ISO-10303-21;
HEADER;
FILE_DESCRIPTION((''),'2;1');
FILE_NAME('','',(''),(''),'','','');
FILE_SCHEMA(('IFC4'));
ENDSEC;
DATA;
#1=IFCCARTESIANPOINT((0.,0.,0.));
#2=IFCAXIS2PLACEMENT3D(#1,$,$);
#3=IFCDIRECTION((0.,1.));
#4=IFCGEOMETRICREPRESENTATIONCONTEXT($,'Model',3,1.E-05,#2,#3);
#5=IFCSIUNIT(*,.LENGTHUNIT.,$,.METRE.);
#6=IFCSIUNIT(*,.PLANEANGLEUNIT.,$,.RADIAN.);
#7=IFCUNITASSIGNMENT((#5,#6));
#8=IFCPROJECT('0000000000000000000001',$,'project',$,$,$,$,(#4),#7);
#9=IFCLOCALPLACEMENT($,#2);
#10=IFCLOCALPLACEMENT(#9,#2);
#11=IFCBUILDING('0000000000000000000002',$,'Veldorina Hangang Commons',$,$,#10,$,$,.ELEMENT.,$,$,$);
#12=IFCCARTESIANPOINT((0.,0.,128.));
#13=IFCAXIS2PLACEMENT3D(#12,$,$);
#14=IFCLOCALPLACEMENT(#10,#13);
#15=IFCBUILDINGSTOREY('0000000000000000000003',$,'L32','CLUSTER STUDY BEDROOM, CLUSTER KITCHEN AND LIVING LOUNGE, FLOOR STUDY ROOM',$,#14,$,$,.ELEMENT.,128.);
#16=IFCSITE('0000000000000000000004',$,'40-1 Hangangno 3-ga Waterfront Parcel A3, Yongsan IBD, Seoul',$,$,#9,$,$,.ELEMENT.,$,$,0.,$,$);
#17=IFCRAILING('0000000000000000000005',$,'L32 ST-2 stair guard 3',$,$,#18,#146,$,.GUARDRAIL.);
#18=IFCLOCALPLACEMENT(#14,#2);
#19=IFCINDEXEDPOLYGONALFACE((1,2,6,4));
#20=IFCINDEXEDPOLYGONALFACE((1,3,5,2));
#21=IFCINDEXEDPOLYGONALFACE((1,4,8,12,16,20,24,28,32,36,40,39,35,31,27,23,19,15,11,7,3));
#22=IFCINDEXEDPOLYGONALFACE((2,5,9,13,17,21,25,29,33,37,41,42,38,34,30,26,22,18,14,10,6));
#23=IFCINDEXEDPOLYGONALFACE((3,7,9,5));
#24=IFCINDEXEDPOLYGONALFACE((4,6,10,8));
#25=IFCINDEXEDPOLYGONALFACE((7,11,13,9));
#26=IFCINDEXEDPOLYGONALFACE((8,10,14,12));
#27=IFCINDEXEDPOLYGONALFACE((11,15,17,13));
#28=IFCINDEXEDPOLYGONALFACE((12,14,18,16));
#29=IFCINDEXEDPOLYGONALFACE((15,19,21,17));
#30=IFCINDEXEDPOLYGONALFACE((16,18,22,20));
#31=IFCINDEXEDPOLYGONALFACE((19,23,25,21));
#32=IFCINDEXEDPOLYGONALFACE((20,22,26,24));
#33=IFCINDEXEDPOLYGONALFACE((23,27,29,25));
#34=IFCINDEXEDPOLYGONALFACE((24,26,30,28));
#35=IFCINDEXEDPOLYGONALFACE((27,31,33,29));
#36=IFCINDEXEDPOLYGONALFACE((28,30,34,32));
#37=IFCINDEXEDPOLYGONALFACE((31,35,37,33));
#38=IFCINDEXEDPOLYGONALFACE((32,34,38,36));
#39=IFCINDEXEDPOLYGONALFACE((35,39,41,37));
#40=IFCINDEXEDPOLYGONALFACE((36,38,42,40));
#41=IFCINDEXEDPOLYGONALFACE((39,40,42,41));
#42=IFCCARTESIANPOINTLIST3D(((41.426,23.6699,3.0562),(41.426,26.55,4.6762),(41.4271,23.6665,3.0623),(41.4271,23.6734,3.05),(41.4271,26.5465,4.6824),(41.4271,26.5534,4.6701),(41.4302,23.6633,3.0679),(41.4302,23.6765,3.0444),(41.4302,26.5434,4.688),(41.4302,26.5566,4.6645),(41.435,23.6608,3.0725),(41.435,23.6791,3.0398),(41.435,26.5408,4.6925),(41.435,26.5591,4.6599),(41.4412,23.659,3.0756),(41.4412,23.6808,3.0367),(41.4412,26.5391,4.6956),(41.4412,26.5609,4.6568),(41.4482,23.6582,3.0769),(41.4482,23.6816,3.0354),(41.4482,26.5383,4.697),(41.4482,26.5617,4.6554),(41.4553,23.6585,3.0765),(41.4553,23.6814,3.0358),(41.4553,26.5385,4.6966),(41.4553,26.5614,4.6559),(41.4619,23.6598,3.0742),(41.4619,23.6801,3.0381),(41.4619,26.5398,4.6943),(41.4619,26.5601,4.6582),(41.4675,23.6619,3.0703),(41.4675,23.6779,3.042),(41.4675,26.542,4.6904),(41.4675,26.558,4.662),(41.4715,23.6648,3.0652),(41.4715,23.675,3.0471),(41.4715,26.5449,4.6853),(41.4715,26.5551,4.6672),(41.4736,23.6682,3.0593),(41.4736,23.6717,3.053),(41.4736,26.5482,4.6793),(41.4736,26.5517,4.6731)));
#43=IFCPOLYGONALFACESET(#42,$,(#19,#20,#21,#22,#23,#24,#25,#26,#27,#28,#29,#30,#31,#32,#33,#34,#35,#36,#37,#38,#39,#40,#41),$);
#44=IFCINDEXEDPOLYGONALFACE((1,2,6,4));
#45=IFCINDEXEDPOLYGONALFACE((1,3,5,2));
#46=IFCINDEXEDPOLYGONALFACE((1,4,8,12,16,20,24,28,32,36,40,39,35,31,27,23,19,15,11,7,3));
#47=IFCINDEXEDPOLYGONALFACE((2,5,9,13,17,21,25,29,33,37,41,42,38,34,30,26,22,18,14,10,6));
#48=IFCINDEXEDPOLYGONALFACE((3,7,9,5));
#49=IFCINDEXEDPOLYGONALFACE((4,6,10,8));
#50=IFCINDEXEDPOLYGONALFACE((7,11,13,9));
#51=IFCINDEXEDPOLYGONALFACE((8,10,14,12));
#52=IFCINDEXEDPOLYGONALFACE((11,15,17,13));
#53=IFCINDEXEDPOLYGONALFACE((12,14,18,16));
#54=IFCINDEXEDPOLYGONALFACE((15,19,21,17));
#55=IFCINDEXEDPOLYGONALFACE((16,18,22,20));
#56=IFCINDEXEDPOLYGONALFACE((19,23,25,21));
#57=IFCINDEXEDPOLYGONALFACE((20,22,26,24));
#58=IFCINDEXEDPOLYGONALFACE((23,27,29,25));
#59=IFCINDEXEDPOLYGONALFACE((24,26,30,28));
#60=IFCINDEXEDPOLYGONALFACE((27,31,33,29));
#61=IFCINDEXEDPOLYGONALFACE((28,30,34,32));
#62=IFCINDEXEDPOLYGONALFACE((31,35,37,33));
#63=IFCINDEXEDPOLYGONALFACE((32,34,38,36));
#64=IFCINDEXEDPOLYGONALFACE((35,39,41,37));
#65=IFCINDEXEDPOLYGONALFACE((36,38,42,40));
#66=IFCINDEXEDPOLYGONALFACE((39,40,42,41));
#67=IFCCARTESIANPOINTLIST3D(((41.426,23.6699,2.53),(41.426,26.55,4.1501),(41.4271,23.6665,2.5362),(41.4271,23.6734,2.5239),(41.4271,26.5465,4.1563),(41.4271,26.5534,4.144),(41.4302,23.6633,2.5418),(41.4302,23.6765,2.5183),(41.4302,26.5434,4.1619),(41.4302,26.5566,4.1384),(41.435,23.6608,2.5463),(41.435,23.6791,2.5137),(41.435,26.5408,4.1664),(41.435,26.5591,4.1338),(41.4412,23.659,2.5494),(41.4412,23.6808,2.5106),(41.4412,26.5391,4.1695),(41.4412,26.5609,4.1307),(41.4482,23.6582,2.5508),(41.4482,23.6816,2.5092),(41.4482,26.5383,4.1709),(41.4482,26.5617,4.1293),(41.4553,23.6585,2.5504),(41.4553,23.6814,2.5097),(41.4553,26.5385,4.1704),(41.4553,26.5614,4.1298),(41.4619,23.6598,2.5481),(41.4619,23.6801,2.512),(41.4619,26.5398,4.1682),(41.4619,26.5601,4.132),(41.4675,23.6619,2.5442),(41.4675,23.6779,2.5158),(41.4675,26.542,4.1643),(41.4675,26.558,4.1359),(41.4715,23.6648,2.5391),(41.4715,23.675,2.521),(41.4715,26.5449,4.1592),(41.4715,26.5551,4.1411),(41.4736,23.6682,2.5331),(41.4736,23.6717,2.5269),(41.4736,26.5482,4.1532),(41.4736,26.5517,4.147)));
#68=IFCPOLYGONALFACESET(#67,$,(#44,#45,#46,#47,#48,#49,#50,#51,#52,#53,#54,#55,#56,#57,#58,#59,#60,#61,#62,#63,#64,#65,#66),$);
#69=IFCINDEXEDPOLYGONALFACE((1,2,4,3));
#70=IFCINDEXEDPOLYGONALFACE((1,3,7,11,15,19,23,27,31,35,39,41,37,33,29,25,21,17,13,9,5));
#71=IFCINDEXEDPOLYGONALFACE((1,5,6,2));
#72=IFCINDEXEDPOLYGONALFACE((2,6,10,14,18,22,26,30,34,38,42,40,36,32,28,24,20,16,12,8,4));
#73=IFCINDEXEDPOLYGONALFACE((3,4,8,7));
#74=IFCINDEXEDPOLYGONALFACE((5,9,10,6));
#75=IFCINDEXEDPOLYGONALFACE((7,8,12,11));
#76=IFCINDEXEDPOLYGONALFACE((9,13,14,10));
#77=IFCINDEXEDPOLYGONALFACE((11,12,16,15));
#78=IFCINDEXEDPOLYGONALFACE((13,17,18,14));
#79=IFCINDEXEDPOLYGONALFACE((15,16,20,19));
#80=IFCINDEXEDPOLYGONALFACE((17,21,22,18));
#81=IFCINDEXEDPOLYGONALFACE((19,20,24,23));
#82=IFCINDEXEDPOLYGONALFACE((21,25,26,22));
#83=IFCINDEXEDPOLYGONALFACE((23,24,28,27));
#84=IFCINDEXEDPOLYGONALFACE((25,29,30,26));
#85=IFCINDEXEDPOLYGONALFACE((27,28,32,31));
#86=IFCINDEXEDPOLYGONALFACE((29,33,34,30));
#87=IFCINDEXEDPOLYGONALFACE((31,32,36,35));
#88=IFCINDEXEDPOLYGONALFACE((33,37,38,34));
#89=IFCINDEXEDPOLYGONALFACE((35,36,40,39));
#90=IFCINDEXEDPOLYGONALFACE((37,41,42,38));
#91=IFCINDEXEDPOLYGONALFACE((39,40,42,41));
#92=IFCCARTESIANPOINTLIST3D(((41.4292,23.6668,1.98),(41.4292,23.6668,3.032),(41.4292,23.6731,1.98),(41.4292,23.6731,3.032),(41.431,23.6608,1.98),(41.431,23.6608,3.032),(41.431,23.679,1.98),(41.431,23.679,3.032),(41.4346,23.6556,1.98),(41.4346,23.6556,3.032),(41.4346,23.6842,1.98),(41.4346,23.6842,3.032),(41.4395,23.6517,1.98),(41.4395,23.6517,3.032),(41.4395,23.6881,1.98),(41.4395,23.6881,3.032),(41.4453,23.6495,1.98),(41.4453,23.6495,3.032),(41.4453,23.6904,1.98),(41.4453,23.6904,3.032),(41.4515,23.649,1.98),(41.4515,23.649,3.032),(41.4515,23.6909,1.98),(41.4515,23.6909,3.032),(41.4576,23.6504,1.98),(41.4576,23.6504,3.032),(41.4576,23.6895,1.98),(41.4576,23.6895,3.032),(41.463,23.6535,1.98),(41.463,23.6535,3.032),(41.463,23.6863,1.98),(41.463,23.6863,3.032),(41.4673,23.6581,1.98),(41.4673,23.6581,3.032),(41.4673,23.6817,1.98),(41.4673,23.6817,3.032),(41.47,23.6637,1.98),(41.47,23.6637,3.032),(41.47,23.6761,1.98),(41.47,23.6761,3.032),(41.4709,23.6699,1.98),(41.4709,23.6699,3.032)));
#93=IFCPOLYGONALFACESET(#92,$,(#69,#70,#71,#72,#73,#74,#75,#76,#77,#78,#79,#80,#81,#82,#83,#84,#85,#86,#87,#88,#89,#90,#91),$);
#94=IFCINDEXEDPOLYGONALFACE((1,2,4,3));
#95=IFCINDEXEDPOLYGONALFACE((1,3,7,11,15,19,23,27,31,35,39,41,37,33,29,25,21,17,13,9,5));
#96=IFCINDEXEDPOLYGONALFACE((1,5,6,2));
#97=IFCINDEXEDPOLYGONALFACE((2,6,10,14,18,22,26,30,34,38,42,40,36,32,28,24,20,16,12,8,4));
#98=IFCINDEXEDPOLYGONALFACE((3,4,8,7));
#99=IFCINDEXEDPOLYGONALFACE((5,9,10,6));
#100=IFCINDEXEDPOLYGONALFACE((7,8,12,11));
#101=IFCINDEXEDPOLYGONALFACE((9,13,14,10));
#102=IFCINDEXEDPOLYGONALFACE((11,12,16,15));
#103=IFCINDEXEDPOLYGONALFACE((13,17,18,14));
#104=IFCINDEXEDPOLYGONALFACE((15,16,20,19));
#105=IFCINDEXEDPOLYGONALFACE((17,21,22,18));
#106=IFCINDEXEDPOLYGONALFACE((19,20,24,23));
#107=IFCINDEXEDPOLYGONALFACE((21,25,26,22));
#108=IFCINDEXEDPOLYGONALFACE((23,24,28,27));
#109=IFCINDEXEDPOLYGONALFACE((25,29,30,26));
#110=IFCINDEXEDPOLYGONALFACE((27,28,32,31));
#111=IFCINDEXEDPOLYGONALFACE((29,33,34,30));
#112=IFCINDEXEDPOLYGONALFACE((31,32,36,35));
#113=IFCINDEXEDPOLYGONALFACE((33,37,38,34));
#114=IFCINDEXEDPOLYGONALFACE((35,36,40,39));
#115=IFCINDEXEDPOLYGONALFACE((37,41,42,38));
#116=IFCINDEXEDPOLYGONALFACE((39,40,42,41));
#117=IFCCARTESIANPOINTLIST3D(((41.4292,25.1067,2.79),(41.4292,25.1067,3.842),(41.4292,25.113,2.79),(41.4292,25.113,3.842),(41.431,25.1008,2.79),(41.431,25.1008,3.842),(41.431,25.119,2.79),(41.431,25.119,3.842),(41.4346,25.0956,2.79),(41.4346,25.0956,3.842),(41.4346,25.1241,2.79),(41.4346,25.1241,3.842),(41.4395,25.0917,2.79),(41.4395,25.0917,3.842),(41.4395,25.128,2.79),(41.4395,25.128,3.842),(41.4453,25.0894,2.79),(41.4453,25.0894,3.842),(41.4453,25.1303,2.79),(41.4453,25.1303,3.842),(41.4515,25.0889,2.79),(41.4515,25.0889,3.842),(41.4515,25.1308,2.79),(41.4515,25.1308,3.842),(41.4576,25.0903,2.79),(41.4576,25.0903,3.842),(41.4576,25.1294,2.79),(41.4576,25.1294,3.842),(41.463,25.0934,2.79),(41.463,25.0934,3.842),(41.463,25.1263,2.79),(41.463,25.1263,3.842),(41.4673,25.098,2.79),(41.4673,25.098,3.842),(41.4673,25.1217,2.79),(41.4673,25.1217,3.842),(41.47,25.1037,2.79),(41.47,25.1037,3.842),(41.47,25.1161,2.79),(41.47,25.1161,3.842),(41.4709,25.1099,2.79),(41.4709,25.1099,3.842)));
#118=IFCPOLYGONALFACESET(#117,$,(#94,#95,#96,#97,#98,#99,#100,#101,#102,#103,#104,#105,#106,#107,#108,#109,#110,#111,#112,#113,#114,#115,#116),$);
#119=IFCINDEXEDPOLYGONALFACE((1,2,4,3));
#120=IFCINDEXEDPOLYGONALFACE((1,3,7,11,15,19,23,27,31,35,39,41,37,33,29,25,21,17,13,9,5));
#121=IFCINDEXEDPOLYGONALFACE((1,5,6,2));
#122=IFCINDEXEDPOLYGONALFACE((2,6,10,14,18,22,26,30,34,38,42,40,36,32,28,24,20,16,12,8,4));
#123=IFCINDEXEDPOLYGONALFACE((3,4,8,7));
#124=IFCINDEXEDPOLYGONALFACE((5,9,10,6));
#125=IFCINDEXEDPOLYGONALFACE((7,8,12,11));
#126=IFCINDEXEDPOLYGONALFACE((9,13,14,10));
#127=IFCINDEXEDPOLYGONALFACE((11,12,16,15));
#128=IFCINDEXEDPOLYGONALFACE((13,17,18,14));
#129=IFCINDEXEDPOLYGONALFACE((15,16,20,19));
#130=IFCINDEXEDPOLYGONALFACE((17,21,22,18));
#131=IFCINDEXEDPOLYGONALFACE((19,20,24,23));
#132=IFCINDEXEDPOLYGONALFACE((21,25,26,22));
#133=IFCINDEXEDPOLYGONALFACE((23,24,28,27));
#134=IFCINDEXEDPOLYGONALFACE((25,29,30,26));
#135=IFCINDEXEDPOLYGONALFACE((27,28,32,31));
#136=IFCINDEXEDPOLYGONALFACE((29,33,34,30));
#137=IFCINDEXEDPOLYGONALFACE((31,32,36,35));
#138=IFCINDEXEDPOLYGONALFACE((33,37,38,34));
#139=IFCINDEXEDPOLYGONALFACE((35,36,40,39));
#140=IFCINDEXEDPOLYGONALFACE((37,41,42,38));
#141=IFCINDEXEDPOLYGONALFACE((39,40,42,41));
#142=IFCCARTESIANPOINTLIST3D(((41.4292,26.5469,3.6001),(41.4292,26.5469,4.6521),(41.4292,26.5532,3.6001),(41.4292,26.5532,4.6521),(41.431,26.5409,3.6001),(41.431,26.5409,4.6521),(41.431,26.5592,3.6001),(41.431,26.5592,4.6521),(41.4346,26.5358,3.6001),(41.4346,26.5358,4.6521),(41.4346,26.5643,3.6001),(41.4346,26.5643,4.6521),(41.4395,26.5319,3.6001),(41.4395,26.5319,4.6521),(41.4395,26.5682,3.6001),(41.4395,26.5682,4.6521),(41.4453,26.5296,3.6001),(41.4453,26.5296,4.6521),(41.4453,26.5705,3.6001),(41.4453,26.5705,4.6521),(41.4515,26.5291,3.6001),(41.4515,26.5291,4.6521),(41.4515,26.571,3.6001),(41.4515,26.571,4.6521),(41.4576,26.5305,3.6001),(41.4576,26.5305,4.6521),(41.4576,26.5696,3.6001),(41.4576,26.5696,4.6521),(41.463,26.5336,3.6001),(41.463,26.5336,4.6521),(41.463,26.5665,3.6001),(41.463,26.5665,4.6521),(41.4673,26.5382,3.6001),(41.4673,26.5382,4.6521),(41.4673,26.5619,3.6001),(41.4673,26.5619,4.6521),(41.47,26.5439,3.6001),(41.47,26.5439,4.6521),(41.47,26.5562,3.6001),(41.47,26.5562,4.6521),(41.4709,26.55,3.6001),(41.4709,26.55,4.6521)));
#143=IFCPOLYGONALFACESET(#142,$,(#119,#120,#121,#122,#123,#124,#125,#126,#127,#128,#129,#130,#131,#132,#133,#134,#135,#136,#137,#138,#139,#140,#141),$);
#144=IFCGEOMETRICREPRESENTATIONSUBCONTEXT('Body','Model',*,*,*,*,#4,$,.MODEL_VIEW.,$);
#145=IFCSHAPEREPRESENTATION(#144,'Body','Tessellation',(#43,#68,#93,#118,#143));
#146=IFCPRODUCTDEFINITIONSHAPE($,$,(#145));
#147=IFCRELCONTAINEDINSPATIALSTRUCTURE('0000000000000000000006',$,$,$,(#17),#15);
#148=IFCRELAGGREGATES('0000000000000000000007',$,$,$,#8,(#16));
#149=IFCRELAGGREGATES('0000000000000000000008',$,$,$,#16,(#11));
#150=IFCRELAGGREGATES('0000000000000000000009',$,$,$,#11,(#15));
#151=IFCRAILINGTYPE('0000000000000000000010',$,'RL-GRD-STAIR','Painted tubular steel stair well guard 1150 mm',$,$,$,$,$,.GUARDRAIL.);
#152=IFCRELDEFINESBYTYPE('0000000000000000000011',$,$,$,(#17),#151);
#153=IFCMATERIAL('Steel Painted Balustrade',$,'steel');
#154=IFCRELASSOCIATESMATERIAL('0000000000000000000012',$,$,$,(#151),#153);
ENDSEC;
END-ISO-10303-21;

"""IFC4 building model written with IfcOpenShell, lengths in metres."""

from ifc_helpers import new_model, si_unit, direction, frame, origin, origin_2d, place, context, subcontext, project, spatial, circle, extrude, material, type_object, element, save


model = new_model("IFC4")

# Units and contexts
model_context = context("Model", 3, precision=1e-05, world=origin(), true_north=direction((0.0, 1.0)))
body_context = subcontext(model_context, "Body", "Model", "MODEL_VIEW")
ifc_project = project(units=[si_unit("LENGTHUNIT", "METRE"), si_unit("PLANEANGLEUNIT", "RADIAN")], contexts=[model_context])

# Site, building, storey
site_placement = place(None, origin())
site = spatial("IfcSite", under=ifc_project, at=site_placement, Name="40-1 Hangangno 3-ga Waterfront Parcel A3, Yongsan IBD, Seoul", CompositionType="ELEMENT", RefElevation=0.0)
building_placement = place(site_placement, origin())
building = spatial("IfcBuilding", under=site, at=building_placement, Name="Veldorina Hangang Commons", CompositionType="ELEMENT")
storey_placement = place(building_placement, frame((0.0, 0.0, 128.0)))
storey = spatial("IfcBuildingStorey", under=building, at=storey_placement, Name="L32", Description="CLUSTER STUDY BEDROOM, CLUSTER KITCHEN AND LIVING LOUNGE, FLOOR STUDY ROOM", CompositionType="ELEMENT", Elevation=128.0)

# Railing
ifc_material_1 = material(Name="Steel Painted Balustrade", Category="steel")
railing_type_1 = type_object("IfcRailingType", Name="RL-GRD-STAIR", Description="Painted tubular steel stair well guard 1150 mm", PredefinedType="GUARDRAIL", material=ifc_material_1)
railing_1_placement = place(storey_placement, frame((41.45, 23.6699, 1.98)))
element("IfcRailing", 1, at=railing_1_placement, inside=storey, type_object=railing_type_1, Name="L32 ST-2 stair guard 3", PredefinedType="GUARDRAIL", context=body_context, shape_type="SweptSolid", body=[
    extrude(circle(Radius=0.0239, at=origin_2d()), frame((0.0, 0.0, 1.0762), z_axis=(0.0, 0.87157, 0.490272), x_axis=(-1.0, 0.0, 0.0)), (0.0, 0.0, 1.0), 3.3044),
    extrude(circle(Radius=0.0239, at=origin_2d()), frame((0.0, 0.0, 0.55), z_axis=(0.0, 0.87157, 0.490272), x_axis=(-1.0, 0.0, 0.0)), (0.0, 0.0, 1.0), 3.3044),
    extrude(circle(Radius=0.021, at=origin_2d()), origin(), (0.0, 0.0, 1.0), 1.052),
    extrude(circle(Radius=0.021, at=origin_2d()), frame((0.0, 1.4399, 0.8101)), (0.0, 0.0, 1.0), 1.052),
    extrude(circle(Radius=0.021, at=origin_2d()), frame((0.0, 2.8801, 1.6201)), (0.0, 0.0, 1.0), 1.052),
])

save(model, "model.ifc")
